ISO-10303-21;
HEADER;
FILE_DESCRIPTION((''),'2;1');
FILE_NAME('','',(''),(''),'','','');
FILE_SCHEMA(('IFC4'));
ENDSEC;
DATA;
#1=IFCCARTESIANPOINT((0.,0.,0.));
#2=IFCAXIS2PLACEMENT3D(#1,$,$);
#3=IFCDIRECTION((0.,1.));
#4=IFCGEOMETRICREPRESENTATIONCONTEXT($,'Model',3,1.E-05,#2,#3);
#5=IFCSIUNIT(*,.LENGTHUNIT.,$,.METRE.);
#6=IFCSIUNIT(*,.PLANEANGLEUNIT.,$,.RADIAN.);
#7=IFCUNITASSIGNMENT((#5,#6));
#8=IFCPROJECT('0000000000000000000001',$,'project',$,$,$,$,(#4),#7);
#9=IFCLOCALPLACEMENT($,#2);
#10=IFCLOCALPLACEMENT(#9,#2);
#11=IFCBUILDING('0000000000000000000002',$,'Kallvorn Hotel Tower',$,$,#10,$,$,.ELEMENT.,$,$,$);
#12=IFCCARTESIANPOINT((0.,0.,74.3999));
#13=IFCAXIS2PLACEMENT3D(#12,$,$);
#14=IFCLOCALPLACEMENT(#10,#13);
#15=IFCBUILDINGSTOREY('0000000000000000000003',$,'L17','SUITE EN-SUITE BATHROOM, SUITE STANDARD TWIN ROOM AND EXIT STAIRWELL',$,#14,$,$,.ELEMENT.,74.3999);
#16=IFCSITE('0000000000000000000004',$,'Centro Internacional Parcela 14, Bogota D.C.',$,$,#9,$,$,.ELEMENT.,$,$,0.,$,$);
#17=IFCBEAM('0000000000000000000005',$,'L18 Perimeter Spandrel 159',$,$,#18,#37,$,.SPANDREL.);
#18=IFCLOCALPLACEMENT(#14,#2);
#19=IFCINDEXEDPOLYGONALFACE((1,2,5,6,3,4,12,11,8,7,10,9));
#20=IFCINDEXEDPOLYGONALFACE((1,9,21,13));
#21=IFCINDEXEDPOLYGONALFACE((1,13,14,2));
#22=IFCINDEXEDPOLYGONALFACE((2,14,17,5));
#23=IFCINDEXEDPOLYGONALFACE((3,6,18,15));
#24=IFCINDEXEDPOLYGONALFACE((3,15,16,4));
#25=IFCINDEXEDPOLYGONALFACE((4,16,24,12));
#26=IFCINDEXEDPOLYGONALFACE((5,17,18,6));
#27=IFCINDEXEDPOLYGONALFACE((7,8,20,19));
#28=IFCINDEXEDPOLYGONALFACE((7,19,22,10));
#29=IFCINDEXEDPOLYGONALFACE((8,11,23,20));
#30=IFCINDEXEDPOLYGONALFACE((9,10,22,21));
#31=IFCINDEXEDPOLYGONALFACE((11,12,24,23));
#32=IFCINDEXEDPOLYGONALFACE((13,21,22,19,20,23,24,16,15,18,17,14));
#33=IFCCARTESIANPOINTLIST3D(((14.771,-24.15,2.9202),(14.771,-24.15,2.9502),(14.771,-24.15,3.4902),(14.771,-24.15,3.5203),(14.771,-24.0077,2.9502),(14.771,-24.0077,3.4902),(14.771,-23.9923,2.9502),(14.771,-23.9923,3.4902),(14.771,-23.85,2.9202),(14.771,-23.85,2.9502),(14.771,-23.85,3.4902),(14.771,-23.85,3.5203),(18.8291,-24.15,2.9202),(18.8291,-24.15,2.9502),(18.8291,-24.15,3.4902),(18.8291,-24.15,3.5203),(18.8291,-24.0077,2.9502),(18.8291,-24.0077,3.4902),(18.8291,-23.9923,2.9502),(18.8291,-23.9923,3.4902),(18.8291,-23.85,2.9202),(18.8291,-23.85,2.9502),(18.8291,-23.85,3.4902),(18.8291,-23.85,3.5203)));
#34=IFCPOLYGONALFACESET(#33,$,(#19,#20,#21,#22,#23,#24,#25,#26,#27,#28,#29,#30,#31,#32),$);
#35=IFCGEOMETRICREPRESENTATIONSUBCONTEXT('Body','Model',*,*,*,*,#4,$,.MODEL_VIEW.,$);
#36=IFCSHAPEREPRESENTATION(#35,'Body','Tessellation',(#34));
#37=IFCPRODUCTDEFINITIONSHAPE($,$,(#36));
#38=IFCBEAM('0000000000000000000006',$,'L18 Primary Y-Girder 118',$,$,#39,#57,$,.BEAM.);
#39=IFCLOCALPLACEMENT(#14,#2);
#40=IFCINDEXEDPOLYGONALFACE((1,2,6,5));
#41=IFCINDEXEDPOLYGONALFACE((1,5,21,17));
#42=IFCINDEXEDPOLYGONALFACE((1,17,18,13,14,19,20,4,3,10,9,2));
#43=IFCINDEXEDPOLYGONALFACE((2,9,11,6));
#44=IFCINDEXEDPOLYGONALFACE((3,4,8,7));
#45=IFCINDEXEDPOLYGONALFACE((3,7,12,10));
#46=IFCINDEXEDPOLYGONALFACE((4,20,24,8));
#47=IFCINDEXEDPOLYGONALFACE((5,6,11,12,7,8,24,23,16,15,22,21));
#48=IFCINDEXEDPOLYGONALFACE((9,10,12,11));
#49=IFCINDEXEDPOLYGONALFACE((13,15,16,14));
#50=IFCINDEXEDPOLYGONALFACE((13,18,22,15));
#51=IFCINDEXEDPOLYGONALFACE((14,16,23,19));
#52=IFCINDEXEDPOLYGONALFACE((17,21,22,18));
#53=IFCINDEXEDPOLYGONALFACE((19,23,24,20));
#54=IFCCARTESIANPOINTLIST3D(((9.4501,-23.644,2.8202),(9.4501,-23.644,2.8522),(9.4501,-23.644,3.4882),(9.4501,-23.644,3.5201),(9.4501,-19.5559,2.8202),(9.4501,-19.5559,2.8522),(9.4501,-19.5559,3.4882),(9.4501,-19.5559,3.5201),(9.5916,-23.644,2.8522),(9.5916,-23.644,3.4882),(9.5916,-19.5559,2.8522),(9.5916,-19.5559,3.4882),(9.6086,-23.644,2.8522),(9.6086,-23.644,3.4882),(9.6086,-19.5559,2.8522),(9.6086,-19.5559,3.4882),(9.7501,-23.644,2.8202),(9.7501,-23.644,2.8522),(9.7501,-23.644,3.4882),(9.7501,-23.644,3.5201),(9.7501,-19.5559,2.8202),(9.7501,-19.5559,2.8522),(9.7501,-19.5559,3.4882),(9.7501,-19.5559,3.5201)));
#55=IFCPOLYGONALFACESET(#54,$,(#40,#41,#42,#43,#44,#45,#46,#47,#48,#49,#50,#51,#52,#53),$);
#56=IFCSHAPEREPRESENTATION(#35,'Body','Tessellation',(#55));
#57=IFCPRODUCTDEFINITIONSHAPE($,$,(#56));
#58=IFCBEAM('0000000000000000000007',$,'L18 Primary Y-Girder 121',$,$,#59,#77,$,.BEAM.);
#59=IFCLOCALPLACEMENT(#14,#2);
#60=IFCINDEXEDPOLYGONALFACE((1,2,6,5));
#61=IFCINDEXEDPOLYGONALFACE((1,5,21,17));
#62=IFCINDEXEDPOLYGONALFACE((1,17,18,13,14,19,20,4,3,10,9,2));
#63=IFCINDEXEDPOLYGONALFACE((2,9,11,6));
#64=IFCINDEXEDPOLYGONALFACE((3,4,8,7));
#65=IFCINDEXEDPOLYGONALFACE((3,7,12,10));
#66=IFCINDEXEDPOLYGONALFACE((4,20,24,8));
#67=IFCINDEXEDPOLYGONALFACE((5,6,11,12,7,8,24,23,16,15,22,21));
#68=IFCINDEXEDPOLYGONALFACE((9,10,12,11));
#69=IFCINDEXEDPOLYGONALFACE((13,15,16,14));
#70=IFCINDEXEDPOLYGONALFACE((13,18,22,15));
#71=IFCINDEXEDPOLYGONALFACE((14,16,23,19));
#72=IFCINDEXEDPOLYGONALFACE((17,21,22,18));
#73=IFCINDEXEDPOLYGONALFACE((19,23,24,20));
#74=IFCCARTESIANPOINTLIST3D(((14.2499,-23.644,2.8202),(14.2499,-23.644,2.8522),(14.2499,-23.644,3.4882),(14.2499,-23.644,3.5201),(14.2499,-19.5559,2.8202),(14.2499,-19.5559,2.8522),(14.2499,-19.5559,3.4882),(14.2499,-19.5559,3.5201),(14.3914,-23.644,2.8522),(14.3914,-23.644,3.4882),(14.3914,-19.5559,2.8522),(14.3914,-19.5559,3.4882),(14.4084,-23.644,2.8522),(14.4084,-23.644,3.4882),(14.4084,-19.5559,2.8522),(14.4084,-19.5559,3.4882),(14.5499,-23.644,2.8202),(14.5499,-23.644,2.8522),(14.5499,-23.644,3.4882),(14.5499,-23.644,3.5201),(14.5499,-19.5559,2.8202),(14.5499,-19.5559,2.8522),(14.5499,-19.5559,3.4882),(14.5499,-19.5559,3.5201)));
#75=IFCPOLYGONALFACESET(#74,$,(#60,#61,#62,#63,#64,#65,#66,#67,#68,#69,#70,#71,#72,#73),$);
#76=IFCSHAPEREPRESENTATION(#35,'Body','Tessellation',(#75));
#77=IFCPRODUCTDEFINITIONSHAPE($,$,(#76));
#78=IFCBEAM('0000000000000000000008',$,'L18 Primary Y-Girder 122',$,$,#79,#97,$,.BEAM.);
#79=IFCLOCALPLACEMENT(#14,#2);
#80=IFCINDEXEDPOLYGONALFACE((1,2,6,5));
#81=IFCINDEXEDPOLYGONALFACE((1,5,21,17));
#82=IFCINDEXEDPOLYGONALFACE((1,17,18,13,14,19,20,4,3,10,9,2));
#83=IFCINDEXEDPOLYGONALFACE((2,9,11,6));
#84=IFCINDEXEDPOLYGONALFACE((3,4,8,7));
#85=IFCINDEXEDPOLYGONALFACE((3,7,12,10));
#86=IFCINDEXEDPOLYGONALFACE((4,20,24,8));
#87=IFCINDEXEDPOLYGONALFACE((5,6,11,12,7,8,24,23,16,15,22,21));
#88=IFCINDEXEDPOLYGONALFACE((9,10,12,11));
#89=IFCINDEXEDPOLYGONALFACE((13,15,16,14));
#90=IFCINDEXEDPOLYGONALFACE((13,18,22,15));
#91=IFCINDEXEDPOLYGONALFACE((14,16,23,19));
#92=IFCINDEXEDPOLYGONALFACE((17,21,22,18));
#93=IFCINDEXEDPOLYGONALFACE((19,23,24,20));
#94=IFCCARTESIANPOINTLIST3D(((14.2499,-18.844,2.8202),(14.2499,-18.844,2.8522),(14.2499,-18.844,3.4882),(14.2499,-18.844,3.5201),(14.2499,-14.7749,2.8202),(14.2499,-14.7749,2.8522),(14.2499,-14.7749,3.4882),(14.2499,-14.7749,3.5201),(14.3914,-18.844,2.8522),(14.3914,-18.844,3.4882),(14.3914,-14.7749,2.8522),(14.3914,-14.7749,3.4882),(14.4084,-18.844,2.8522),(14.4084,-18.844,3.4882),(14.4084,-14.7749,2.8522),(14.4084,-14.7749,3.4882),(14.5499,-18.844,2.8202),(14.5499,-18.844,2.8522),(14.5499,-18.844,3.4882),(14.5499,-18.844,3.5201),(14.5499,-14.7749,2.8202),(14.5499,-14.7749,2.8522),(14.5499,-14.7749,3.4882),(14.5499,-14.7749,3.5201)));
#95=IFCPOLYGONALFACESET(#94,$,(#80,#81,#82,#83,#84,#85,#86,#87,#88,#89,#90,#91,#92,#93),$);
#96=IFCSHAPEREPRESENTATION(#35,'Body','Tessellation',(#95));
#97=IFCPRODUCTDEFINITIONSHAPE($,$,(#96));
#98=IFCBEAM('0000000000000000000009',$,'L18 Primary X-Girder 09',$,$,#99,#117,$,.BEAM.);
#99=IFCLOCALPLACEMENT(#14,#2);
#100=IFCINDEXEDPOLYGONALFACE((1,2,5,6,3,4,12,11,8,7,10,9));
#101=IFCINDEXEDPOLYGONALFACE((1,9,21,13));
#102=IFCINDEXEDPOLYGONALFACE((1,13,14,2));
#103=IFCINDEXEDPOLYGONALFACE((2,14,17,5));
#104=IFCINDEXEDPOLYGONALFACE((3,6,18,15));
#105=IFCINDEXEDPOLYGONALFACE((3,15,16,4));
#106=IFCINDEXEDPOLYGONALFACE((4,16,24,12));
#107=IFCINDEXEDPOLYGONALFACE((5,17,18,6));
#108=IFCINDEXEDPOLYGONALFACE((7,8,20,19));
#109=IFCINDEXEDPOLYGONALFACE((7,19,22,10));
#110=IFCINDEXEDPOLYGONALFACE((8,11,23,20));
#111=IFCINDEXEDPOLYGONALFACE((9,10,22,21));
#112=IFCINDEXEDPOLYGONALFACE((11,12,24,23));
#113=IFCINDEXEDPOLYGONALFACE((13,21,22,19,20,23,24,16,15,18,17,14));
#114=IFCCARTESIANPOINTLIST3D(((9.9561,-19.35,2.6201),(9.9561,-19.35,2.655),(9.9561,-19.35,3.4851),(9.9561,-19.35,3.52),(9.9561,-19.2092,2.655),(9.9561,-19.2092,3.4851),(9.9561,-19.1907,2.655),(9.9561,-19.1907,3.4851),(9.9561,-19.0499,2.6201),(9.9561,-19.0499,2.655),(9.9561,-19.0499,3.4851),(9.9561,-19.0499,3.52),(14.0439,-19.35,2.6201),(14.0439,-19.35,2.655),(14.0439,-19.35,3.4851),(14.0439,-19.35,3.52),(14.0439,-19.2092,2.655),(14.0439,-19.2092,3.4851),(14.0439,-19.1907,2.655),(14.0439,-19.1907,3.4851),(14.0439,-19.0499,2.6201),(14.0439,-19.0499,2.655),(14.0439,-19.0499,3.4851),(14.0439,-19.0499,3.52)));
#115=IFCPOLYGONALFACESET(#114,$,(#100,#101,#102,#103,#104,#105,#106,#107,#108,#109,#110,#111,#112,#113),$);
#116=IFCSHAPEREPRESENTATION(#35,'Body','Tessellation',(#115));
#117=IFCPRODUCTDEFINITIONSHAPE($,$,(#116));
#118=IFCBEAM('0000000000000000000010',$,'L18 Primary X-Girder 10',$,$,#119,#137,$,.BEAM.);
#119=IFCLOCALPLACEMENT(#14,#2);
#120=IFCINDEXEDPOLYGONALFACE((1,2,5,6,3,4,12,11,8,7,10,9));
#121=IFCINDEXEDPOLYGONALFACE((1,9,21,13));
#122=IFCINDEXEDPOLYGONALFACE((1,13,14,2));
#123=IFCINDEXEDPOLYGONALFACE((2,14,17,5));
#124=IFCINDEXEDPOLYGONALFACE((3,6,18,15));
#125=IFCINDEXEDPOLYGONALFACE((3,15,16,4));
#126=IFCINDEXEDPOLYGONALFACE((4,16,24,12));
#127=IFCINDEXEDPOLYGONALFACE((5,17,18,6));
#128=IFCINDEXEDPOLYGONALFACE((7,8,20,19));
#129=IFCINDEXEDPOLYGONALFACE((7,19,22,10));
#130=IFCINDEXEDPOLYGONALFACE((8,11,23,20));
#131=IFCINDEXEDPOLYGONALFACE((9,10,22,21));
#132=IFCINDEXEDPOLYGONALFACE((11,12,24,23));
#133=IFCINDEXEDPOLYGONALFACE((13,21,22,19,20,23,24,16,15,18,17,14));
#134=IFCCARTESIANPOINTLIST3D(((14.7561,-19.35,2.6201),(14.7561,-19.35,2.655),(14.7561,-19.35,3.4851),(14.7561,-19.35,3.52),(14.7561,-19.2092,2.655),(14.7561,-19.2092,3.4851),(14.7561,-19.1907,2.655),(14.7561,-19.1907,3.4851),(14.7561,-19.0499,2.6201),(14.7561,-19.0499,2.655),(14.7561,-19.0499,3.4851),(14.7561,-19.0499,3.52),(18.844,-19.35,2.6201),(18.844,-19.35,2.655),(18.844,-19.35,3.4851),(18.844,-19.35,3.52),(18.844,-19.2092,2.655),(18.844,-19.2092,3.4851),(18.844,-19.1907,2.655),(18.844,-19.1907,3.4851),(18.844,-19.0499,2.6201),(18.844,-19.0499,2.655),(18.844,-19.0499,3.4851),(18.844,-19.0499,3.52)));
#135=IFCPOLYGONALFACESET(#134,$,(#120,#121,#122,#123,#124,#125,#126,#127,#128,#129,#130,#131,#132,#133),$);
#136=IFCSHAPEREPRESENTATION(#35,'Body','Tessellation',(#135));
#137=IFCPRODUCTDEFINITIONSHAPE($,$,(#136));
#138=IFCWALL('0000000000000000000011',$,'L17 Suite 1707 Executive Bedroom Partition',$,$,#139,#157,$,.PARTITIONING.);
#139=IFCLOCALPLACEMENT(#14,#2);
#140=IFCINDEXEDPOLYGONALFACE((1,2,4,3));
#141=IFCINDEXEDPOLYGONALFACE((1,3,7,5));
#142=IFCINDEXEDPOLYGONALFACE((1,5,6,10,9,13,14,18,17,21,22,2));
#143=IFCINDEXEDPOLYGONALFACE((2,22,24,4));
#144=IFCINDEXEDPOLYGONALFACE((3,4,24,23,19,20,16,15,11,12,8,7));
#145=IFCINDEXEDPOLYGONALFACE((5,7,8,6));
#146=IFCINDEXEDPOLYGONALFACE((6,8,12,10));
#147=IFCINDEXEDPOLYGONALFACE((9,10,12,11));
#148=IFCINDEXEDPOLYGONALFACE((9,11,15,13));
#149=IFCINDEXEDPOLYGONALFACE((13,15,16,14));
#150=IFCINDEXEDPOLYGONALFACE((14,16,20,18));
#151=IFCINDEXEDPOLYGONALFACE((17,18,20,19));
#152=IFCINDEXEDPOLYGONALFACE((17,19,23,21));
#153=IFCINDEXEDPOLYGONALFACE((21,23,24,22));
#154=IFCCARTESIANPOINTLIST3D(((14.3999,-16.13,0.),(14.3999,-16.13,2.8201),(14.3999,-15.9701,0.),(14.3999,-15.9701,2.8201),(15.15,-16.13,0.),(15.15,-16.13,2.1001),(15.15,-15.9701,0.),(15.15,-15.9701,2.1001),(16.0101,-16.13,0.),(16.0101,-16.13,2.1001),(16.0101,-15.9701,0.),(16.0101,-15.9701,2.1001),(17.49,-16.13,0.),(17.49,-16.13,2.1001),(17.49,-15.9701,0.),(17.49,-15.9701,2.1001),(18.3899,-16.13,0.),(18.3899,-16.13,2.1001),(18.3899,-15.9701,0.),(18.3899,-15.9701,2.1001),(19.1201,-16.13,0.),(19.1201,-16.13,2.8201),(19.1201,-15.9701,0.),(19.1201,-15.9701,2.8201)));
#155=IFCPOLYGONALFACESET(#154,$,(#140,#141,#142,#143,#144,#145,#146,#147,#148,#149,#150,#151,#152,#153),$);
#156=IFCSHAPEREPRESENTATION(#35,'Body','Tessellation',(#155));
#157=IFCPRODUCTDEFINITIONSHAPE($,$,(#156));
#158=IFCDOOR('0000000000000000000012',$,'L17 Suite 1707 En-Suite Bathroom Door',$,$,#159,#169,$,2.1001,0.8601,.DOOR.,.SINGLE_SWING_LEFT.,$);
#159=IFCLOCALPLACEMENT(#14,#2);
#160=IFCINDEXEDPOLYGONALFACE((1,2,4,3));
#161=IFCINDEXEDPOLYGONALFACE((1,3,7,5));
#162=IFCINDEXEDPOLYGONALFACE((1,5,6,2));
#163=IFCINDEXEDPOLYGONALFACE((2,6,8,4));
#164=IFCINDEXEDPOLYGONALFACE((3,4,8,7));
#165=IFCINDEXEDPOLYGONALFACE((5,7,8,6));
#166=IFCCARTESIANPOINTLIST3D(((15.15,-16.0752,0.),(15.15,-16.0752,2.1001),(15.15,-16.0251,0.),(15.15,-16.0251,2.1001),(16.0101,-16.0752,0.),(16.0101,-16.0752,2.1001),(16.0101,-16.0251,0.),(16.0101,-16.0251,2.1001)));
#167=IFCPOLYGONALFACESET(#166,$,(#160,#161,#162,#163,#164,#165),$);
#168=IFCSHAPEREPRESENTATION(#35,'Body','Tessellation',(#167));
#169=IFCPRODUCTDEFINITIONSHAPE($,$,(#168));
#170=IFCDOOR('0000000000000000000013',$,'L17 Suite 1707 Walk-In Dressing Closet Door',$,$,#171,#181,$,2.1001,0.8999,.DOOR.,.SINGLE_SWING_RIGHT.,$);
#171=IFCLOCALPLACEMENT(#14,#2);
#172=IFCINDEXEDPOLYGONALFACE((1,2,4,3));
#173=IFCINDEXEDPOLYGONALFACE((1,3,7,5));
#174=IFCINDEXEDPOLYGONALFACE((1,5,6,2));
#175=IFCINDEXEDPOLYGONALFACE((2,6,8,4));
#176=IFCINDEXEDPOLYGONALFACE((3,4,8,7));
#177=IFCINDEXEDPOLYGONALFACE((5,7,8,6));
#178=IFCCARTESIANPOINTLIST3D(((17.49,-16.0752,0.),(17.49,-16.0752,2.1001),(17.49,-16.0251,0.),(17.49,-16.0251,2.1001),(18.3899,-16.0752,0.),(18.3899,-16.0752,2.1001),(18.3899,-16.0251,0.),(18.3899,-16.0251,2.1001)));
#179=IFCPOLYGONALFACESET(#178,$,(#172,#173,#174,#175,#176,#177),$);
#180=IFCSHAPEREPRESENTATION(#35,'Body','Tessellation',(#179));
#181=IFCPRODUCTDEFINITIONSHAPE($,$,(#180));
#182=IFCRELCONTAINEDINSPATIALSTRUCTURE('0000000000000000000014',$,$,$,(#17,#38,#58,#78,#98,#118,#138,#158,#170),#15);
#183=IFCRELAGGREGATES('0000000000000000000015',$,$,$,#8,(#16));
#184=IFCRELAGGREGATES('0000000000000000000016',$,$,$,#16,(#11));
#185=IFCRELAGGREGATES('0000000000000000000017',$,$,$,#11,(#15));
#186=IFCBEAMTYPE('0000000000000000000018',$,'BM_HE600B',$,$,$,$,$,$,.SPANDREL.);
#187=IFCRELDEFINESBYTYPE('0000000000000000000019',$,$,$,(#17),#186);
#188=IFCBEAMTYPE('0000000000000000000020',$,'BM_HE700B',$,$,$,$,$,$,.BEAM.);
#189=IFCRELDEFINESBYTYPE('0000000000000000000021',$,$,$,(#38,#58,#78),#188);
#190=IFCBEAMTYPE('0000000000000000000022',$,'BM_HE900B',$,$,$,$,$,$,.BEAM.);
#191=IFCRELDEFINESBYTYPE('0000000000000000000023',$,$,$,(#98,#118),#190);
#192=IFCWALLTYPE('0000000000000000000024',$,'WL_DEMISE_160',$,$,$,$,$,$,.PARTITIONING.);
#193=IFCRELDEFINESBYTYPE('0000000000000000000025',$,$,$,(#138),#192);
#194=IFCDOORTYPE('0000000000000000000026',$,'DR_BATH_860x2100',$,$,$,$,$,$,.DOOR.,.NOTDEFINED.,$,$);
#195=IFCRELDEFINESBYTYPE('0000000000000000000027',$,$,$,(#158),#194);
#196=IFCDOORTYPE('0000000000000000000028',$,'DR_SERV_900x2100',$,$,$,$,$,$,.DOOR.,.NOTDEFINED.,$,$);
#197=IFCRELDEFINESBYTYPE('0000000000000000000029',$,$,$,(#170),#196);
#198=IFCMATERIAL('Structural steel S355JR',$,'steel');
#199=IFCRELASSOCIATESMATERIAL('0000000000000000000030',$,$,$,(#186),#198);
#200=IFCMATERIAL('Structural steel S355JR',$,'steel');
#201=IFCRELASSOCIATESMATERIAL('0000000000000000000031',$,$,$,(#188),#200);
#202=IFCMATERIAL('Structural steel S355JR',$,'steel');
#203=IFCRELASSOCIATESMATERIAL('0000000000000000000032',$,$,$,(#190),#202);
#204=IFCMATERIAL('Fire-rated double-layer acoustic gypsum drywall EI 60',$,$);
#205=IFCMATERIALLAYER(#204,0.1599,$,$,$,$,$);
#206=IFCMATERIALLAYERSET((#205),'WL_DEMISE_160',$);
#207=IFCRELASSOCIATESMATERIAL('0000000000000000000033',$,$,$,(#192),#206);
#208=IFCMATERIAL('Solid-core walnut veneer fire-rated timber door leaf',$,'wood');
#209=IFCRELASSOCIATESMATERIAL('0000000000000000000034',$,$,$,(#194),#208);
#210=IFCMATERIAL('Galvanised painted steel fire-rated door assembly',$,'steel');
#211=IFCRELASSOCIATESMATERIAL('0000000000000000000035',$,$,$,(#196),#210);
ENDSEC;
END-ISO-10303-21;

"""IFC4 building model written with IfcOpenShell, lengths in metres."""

from ifc_helpers import new_model, si_unit, direction, frame, frame_2d, origin, origin_2d, place, context, subcontext, project, spatial, rectangle, i_section, extrude, material, layer, layer_set, material_profile, profile_set, type_object, element, fill, save


model = new_model("IFC4")

# Units and contexts
model_context = context("Model", 3, precision=1e-05, world=origin(), true_north=direction((0.0, 1.0)))
body_context = subcontext(model_context, "Body", "Model", "MODEL_VIEW")
ifc_project = project(units=[si_unit("LENGTHUNIT", "METRE"), si_unit("PLANEANGLEUNIT", "RADIAN")], contexts=[model_context])

# Site, building, storey
site_placement = place(None, origin())
site = spatial("IfcSite", under=ifc_project, at=site_placement, Name="Centro Internacional Parcela 14, Bogota D.C.", CompositionType="ELEMENT", RefElevation=0.0)
building_placement = place(site_placement, origin())
building = spatial("IfcBuilding", under=site, at=building_placement, Name="Kallvorn Hotel Tower", CompositionType="ELEMENT")
storey_placement = place(building_placement, frame((0.0, 0.0, 74.3999)))
storey = spatial("IfcBuildingStorey", under=building, at=storey_placement, Name="L17", Description="SUITE EN-SUITE BATHROOM, SUITE STANDARD TWIN ROOM AND EXIT STAIRWELL", CompositionType="ELEMENT", Elevation=74.3999)

# Beams
ifc_material_1 = material(Name="Structural steel S355JR", Category="steel")
ifc_material_profile_1 = material_profile(ifc_material_1, i_section(OverallWidth=0.3, OverallDepth=0.6001, WebThickness=0.0154, FlangeThickness=0.03, at=origin_2d()), Name="HE 600 B")
ifc_profile_set_1 = profile_set([ifc_material_profile_1], Name="Structural steel S355JR")
beam_type_1 = type_object("IfcBeamType", Name="BM_HE600B", PredefinedType="SPANDREL", material=ifc_profile_set_1)
for number, where, z_axis, x_axis, name in (
    (1, (14.771, -24.0, 3.2202), (1.0, 0.0, 0.0), (0.0, 1.0, 0.0), "L18 Perimeter Spandrel 159"),
):
    element("IfcBeam", number, at=place(storey_placement, frame(where, z_axis=z_axis, x_axis=x_axis)), inside=storey, type_object=beam_type_1, Name=name, PredefinedType="SPANDREL", context=body_context, shape_type="SweptSolid", body=[
        extrude(i_section(OverallWidth=0.3, OverallDepth=0.6001, WebThickness=0.0154, FlangeThickness=0.03, at=origin_2d()), origin(), (0.0, 0.0, 1.0), 4.0581),
    ])
ifc_material_2 = material(Name="Structural steel S355JR", Category="steel")
ifc_material_profile_2 = material_profile(ifc_material_2, i_section(OverallWidth=0.3, OverallDepth=0.7, WebThickness=0.0171, FlangeThickness=0.032, at=origin_2d()), Name="HE 700 B")
ifc_profile_set_2 = profile_set([ifc_material_profile_2], Name="Structural steel S355JR")
beam_type_2 = type_object("IfcBeamType", Name="BM_HE700B", PredefinedType="BEAM", material=ifc_profile_set_2)
for number, where, z_axis, x_axis, name in (
    (2, (9.6001, -23.644, 3.1702), (0.0, 1.0, 0.0), (-1.0, 0.0, 0.0), "L18 Primary Y-Girder 118"),
    (3, (14.3999, -23.644, 3.1702), (0.0, 1.0, 0.0), (-1.0, 0.0, 0.0), "L18 Primary Y-Girder 121"),
):
    element("IfcBeam", number, at=place(storey_placement, frame(where, z_axis=z_axis, x_axis=x_axis)), inside=storey, type_object=beam_type_2, Name=name, PredefinedType="BEAM", context=body_context, shape_type="SweptSolid", body=[
        extrude(i_section(OverallWidth=0.3, OverallDepth=0.7, WebThickness=0.0171, FlangeThickness=0.032, at=origin_2d()), origin(), (0.0, 0.0, 1.0), 4.0881),
    ])
beam_placement = place(storey_placement, frame((14.3999, -18.844, 3.1702), z_axis=(0.0, 1.0, 0.0), x_axis=(-1.0, 0.0, 0.0)))
element("IfcBeam", 4, at=beam_placement, inside=storey, type_object=beam_type_2, Name="L18 Primary Y-Girder 122", PredefinedType="BEAM", context=body_context, shape_type="SweptSolid", body=[
    extrude(i_section(OverallWidth=0.3, OverallDepth=0.7, WebThickness=0.0171, FlangeThickness=0.032, at=origin_2d()), origin(), (0.0, 0.0, 1.0), 4.0691),
])
ifc_material_3 = material(Name="Structural steel S355JR", Category="steel")
ifc_material_profile_3 = material_profile(ifc_material_3, i_section(OverallWidth=0.3, OverallDepth=0.8999, WebThickness=0.0186, FlangeThickness=0.0349, at=origin_2d()), Name="HE 900 B")
ifc_profile_set_3 = profile_set([ifc_material_profile_3], Name="Structural steel S355JR")
beam_type_3 = type_object("IfcBeamType", Name="BM_HE900B", PredefinedType="BEAM", material=ifc_profile_set_3)
for number, where, z_axis, x_axis, name in (
    (5, (9.9561, -19.2, 3.0701), (1.0, 0.0, 0.0), (0.0, 1.0, 0.0), "L18 Primary X-Girder 09"),
    (6, (14.7561, -19.2, 3.0701), (1.0, 0.0, 0.0), (0.0, 1.0, 0.0), "L18 Primary X-Girder 10"),
):
    element("IfcBeam", number, at=place(storey_placement, frame(where, z_axis=z_axis, x_axis=x_axis)), inside=storey, type_object=beam_type_3, Name=name, PredefinedType="BEAM", context=body_context, shape_type="SweptSolid", body=[
        extrude(i_section(OverallWidth=0.3, OverallDepth=0.8999, WebThickness=0.0186, FlangeThickness=0.0349, at=origin_2d()), origin(), (0.0, 0.0, 1.0), 4.0879),
    ])

# Wall, openings, doors
ifc_material_4 = material(Name="Fire-rated double-layer acoustic gypsum drywall EI 60")
ifc_layer_1 = layer(ifc_material_4, 0.1599)
ifc_layer_set_1 = layer_set([ifc_layer_1], Name="WL_DEMISE_160")
wall_type_1 = type_object("IfcWallType", Name="WL_DEMISE_160", PredefinedType="PARTITIONING", material=ifc_layer_set_1)
wall_1_placement = place(storey_placement, frame((14.3999, -16.05, 0.0), z_axis=(0.0, 0.0, 1.0), x_axis=(1.0, 0.0, 0.0)))
wall_1 = element("IfcWall", 7, at=wall_1_placement, inside=storey, type_object=wall_type_1, Name="L17 Suite 1707 Executive Bedroom Partition", PredefinedType="PARTITIONING", context=body_context, shape_type="SweptSolid", body=[
    extrude(rectangle(XDim=4.7202, YDim=0.1599, at=frame_2d((2.3601, 0.0))), origin(), (0.0, 0.0, 1.0), 2.8201),
])
opening_1_placement = place(wall_1_placement, frame((0.75, 0.0, 0.0)))
opening_1 = element("IfcOpeningElement", 8, at=opening_1_placement, cuts=wall_1, PredefinedType="OPENING", context=body_context, shape_type="SweptSolid", body=[
    extrude(rectangle(XDim=0.8601, YDim=2.1001, at=frame_2d((0.4302, 1.05))), frame((0.0, 0.095, 0.0), z_axis=(0.0, -1.0, 0.0), x_axis=(1.0, 0.0, 0.0)), (0.0, 0.0, 1.0), 0.1899),
])
opening_2_placement = place(wall_1_placement, frame((3.0901, 0.0, 0.0)))
opening_2 = element("IfcOpeningElement", 9, at=opening_2_placement, cuts=wall_1, PredefinedType="OPENING", context=body_context, shape_type="SweptSolid", body=[
    extrude(rectangle(XDim=0.8999, YDim=2.1001, at=frame_2d((0.45, 1.05))), frame((0.0, 0.095, 0.0), z_axis=(0.0, -1.0, 0.0), x_axis=(1.0, 0.0, 0.0)), (0.0, 0.0, 1.0), 0.1899),
])
ifc_material_5 = material(Name="Solid-core walnut veneer fire-rated timber door leaf", Category="wood")
door_type_1 = type_object("IfcDoorType", Name="DR_BATH_860x2100", OperationType="NOTDEFINED", PredefinedType="DOOR", material=ifc_material_5)
door_1_placement = place(opening_1_placement, origin())
door_1 = element("IfcDoor", 10, at=door_1_placement, inside=storey, type_object=door_type_1, Name="L17 Suite 1707 En-Suite Bathroom Door", OperationType="SINGLE_SWING_LEFT", OverallHeight=2.1001, OverallWidth=0.8601, PredefinedType="DOOR", context=body_context, shape_type="SweptSolid", body=[
    extrude(rectangle(XDim=0.8601, YDim=2.1001, at=frame_2d((0.4302, 1.05))), frame((0.0, 0.0249, 0.0), z_axis=(0.0, -1.0, 0.0), x_axis=(1.0, 0.0, 0.0)), (0.0, 0.0, 1.0), 0.05),
])
fill(opening_1, door_1)
ifc_material_6 = material(Name="Galvanised painted steel fire-rated door assembly", Category="steel")
door_type_2 = type_object("IfcDoorType", Name="DR_SERV_900x2100", OperationType="NOTDEFINED", PredefinedType="DOOR", material=ifc_material_6)
door_2_placement = place(opening_2_placement, origin())
door_2 = element("IfcDoor", 11, at=door_2_placement, inside=storey, type_object=door_type_2, Name="L17 Suite 1707 Walk-In Dressing Closet Door", OperationType="SINGLE_SWING_RIGHT", OverallHeight=2.1001, OverallWidth=0.8999, PredefinedType="DOOR", context=body_context, shape_type="SweptSolid", body=[
    extrude(rectangle(XDim=0.8999, YDim=2.1001, at=frame_2d((0.45, 1.05))), frame((0.0, 0.0249, 0.0), z_axis=(0.0, -1.0, 0.0), x_axis=(1.0, 0.0, 0.0)), (0.0, 0.0, 1.0), 0.05),
])
fill(opening_2, door_2)

save(model, "model.ifc")
